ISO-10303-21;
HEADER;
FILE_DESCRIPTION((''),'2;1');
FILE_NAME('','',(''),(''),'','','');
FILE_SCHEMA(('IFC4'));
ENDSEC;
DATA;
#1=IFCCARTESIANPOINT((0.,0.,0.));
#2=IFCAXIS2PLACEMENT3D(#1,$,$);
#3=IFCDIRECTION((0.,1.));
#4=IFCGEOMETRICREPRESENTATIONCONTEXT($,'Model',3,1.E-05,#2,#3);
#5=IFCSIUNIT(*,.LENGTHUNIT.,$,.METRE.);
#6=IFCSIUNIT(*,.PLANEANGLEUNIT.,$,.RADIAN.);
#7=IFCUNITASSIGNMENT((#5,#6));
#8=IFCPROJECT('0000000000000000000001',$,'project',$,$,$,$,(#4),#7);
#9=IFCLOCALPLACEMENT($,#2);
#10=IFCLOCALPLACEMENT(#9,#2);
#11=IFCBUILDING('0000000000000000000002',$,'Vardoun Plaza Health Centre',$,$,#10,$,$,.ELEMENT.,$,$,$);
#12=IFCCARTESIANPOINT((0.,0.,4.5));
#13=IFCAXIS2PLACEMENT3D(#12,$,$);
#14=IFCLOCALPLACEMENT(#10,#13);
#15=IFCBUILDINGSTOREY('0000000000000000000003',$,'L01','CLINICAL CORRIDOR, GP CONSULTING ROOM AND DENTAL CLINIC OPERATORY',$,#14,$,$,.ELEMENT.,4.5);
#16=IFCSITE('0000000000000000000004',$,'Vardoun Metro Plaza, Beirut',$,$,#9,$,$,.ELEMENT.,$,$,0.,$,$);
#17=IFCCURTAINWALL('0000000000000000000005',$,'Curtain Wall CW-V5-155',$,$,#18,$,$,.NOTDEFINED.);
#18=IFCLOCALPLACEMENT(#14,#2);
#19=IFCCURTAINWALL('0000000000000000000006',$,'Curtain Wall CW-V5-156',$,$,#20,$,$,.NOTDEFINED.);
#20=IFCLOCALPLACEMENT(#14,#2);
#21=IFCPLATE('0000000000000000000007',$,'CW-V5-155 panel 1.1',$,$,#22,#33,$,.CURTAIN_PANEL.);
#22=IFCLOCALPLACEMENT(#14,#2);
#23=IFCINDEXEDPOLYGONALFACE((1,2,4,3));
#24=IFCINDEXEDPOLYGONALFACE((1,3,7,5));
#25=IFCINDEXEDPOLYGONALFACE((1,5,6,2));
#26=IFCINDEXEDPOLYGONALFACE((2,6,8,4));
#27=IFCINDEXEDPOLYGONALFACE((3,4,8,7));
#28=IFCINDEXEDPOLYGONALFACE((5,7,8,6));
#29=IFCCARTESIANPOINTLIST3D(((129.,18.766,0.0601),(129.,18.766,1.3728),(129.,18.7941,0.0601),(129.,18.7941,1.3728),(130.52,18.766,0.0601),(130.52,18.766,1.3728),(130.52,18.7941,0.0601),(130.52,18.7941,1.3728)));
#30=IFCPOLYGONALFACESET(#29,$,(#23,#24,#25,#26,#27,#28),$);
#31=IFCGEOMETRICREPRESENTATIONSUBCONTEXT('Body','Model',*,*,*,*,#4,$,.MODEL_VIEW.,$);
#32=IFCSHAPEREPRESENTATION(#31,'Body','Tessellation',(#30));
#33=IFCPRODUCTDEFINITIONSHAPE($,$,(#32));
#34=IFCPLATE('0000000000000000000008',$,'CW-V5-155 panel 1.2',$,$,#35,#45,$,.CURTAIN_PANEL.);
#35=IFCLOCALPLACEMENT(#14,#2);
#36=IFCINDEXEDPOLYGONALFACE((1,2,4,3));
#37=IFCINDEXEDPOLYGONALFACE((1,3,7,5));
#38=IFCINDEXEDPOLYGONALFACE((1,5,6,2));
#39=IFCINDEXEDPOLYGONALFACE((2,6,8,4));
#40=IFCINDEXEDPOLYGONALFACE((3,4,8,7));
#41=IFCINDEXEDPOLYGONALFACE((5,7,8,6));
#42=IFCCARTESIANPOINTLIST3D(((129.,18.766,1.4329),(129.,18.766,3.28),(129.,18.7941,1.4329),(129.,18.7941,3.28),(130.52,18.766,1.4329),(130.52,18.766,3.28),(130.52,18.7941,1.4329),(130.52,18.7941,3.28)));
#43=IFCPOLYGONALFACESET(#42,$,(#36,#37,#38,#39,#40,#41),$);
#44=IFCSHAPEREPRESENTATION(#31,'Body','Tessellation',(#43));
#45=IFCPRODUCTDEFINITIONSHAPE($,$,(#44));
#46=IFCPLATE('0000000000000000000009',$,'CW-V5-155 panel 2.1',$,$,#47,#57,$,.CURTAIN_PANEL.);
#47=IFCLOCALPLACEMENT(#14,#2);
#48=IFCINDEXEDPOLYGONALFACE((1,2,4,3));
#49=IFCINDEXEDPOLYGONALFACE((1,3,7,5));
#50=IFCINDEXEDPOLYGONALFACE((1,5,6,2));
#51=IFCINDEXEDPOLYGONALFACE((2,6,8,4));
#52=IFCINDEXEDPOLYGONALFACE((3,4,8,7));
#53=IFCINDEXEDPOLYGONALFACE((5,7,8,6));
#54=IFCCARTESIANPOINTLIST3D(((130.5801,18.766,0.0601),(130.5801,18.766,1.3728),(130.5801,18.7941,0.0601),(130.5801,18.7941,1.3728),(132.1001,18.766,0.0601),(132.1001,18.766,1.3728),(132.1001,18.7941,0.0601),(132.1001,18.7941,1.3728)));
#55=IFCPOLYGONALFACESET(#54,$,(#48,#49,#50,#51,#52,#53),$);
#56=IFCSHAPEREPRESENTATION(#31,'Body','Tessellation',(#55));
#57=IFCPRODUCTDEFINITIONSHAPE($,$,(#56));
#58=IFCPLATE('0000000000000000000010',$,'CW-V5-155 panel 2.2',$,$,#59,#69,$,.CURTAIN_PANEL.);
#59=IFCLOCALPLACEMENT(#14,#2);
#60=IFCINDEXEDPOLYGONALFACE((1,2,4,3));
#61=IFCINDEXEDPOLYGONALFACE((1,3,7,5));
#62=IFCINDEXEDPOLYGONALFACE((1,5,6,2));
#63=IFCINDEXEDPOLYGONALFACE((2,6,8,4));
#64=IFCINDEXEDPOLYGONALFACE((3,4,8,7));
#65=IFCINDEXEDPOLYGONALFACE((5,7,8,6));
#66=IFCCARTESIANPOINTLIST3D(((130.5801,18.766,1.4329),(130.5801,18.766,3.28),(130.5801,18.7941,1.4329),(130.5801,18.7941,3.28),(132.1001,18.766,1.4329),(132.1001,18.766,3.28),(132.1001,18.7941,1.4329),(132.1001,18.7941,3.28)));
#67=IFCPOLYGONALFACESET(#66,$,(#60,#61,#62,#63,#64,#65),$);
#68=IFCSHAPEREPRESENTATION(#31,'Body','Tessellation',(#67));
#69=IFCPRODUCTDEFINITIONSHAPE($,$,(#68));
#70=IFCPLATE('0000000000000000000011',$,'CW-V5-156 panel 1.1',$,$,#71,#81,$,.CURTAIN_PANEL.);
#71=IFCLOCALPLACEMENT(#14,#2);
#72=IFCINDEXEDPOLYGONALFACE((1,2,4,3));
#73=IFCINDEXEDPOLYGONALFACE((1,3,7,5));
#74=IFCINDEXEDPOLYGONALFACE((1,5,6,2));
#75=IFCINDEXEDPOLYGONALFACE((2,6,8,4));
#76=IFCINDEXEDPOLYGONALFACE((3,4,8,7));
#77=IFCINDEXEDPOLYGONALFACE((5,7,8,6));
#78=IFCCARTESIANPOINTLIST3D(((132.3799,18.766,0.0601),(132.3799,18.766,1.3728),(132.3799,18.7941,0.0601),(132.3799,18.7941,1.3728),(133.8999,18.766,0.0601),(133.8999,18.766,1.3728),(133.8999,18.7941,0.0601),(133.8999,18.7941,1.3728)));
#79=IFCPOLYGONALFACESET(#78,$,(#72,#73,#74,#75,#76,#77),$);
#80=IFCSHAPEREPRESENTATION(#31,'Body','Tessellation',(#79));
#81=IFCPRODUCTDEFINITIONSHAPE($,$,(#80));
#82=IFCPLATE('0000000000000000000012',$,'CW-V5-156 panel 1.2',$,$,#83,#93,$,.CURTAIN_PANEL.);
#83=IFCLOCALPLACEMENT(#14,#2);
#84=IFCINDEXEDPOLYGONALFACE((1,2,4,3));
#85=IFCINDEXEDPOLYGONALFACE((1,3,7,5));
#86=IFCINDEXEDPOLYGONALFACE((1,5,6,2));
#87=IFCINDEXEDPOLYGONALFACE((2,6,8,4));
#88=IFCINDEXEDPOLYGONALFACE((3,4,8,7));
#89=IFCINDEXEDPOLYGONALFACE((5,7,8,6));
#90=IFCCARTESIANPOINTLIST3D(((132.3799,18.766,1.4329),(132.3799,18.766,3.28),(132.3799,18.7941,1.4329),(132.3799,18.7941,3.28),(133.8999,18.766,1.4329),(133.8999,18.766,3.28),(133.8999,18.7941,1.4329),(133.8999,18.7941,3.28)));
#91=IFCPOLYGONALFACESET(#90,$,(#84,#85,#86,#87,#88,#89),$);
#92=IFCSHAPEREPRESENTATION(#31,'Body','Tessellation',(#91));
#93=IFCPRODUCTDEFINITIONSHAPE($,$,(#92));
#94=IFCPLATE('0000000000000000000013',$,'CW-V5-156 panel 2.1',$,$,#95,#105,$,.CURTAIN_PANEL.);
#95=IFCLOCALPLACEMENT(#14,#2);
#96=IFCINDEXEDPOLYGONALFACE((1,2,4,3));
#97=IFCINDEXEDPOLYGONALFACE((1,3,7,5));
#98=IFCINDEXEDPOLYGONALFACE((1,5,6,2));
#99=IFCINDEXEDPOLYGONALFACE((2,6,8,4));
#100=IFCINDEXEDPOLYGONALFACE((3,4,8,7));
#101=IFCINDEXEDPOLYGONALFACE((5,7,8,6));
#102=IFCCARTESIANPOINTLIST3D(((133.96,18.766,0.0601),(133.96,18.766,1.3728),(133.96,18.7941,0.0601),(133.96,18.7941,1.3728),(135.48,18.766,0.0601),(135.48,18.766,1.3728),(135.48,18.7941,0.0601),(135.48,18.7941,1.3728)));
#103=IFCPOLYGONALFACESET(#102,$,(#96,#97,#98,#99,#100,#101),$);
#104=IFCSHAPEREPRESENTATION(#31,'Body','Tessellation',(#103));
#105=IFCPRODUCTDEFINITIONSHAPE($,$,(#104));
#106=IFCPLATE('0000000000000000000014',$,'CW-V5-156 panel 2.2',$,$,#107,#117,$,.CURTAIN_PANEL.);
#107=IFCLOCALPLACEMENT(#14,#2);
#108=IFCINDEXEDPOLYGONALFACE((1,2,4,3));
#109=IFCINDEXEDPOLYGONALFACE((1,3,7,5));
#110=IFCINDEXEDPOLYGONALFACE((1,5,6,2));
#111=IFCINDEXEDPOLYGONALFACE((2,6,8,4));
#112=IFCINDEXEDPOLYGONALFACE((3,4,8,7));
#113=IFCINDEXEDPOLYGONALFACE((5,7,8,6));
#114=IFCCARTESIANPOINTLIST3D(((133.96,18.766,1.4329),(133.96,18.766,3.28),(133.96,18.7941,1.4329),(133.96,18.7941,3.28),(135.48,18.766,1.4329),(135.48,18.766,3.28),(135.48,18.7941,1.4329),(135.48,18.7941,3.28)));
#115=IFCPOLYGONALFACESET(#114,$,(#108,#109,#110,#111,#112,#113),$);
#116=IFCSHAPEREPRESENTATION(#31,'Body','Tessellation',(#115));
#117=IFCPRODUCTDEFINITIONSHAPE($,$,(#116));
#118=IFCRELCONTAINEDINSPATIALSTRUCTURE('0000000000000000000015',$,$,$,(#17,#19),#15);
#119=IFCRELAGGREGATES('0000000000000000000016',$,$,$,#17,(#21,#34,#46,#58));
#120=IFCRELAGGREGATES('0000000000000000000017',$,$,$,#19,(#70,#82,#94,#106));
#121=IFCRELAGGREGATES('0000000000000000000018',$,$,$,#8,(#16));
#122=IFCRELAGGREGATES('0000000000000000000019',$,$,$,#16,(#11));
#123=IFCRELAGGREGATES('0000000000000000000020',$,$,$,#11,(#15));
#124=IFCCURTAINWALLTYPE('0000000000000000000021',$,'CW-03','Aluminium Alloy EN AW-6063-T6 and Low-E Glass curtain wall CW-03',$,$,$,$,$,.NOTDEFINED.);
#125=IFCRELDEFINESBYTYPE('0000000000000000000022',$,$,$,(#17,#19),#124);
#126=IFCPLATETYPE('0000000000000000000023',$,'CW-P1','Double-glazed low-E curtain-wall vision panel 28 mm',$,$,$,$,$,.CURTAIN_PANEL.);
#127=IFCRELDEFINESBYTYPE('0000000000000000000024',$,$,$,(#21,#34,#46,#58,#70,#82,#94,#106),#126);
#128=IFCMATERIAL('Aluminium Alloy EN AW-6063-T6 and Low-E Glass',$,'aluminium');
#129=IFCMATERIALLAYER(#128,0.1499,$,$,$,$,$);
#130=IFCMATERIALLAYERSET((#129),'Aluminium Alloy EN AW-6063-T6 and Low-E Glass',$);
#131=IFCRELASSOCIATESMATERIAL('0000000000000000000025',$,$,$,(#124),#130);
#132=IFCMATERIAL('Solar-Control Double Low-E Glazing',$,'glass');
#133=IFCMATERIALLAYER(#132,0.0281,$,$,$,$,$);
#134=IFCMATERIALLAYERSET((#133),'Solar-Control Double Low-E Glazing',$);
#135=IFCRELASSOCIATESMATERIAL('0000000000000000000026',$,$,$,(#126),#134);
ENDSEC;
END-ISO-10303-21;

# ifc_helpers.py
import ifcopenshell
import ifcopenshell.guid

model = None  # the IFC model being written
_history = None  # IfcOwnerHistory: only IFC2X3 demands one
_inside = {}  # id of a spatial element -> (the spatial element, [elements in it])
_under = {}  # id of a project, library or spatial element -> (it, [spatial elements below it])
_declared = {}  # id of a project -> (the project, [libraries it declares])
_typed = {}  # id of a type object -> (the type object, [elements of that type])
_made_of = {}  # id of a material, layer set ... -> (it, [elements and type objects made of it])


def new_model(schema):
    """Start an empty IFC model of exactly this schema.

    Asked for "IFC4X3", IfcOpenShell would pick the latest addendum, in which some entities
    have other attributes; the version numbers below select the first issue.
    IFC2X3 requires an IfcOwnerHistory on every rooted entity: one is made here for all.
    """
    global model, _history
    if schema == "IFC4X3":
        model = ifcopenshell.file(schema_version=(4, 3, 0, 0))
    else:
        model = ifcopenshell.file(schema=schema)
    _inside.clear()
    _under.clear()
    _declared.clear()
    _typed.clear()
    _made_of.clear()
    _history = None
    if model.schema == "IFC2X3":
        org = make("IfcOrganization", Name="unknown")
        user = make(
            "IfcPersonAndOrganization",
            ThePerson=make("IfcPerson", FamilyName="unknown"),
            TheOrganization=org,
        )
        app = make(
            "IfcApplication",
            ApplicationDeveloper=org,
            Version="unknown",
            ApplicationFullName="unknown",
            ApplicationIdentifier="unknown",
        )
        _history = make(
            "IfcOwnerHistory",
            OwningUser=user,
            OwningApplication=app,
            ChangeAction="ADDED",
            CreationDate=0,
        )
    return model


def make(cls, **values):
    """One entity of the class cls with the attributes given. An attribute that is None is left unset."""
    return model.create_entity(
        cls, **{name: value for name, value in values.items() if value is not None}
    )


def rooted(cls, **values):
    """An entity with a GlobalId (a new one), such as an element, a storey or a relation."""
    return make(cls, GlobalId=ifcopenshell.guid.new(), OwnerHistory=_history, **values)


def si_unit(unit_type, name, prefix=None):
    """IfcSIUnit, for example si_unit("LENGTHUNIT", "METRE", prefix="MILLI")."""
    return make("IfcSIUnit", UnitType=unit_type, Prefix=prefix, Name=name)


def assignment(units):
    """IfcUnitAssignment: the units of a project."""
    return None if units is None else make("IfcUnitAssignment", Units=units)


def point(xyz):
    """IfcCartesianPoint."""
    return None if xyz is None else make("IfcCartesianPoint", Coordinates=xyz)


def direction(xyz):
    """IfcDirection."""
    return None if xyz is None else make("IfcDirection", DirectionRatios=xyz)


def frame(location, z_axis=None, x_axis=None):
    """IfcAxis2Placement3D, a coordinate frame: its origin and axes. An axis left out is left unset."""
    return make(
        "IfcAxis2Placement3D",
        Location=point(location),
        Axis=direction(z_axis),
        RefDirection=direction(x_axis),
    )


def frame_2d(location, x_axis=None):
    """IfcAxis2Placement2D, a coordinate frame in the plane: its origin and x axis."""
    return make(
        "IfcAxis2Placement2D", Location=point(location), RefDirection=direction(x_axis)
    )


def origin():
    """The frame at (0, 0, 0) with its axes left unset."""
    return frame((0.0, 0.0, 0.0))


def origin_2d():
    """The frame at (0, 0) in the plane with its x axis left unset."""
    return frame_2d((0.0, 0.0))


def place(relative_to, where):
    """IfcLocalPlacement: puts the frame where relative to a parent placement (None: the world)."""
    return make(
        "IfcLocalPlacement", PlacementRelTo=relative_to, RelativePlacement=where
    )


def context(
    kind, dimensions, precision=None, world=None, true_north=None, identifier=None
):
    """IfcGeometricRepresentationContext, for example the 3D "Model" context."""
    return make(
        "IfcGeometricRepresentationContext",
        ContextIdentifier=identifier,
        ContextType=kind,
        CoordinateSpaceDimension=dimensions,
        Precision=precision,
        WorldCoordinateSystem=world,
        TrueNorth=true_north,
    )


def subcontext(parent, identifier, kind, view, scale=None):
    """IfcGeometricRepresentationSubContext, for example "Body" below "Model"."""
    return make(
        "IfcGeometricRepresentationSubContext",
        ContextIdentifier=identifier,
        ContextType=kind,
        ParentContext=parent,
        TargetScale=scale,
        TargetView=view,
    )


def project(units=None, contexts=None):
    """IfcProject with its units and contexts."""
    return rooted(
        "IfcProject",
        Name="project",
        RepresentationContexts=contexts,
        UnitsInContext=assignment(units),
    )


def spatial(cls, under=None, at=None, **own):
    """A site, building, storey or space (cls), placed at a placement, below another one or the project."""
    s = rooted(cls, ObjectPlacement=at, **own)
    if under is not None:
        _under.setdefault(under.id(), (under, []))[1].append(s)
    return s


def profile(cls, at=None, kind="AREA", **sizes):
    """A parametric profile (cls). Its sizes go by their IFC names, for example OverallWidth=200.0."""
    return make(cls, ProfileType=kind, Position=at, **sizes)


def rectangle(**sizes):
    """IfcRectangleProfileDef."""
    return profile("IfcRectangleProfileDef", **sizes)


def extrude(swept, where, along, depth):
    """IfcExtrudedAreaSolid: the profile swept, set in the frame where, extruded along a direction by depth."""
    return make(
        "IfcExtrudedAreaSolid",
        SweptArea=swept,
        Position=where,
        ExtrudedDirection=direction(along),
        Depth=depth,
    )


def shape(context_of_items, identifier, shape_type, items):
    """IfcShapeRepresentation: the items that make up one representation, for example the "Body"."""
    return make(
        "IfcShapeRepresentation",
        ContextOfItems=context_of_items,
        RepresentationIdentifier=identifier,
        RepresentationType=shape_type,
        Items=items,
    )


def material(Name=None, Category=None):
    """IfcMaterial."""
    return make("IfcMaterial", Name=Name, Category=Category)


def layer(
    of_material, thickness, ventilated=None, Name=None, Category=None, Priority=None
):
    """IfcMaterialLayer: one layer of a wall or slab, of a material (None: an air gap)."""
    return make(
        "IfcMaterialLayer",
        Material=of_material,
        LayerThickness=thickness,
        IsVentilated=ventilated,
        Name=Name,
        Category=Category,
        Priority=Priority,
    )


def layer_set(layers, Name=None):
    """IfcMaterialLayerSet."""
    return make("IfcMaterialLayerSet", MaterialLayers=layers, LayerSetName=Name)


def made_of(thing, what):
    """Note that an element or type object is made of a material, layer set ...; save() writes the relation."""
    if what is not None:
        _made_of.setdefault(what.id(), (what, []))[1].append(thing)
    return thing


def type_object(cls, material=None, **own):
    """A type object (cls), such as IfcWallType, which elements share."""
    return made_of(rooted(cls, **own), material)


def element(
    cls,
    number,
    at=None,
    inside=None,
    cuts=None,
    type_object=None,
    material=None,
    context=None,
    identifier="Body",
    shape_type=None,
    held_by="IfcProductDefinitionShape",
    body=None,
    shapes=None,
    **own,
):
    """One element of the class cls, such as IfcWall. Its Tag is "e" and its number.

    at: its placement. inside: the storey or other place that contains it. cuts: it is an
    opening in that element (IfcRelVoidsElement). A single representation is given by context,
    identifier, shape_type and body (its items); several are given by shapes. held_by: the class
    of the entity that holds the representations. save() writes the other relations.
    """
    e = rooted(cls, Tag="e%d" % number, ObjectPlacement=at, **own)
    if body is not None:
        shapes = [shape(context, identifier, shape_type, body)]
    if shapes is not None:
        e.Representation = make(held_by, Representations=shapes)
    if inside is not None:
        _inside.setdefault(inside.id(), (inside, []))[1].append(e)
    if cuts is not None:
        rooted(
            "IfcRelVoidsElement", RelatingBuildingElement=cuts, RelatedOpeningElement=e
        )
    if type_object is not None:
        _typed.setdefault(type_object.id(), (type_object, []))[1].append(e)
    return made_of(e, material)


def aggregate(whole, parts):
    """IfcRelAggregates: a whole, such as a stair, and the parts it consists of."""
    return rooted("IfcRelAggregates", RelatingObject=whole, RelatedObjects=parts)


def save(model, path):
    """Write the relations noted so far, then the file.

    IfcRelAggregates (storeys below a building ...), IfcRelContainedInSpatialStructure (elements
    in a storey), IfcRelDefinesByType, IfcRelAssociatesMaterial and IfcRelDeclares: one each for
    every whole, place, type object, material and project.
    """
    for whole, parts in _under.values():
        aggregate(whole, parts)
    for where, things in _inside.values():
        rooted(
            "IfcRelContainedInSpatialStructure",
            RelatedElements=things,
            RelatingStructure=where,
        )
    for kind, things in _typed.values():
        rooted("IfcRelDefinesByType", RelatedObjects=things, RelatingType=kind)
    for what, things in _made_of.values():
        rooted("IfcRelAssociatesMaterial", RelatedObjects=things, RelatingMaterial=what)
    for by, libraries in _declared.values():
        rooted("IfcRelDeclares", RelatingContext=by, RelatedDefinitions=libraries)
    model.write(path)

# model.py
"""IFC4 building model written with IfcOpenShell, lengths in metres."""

from ifc_helpers import new_model, si_unit, direction, frame, origin, origin_2d, place, context, subcontext, project, spatial, rectangle, extrude, material, layer, layer_set, type_object, element, aggregate, save


model = new_model("IFC4")

# Units and contexts
model_context = context("Model", 3, precision=1e-05, world=origin(), true_north=direction((0.0, 1.0)))
body_context = subcontext(model_context, "Body", "Model", "MODEL_VIEW")
ifc_project = project(units=[si_unit("LENGTHUNIT", "METRE"), si_unit("PLANEANGLEUNIT", "RADIAN")], contexts=[model_context])

# Site, building, storey
site_placement = place(None, origin())
site = spatial("IfcSite", under=ifc_project, at=site_placement, Name="Vardoun Metro Plaza, Beirut", CompositionType="ELEMENT", RefElevation=0.0)
building_placement = place(site_placement, origin())
building = spatial("IfcBuilding", under=site, at=building_placement, Name="Vardoun Plaza Health Centre", CompositionType="ELEMENT")
storey_placement = place(building_placement, frame((0.0, 0.0, 4.5)))
storey = spatial("IfcBuildingStorey", under=building, at=storey_placement, Name="L01", Description="CLINICAL CORRIDOR, GP CONSULTING ROOM AND DENTAL CLINIC OPERATORY", CompositionType="ELEMENT", Elevation=4.5)

# Curtain walls
ifc_material_1 = material(Name="Aluminium Alloy EN AW-6063-T6 and Low-E Glass", Category="aluminium")
ifc_layer_1 = layer(ifc_material_1, 0.1499)
ifc_layer_set_1 = layer_set([ifc_layer_1], Name="Aluminium Alloy EN AW-6063-T6 and Low-E Glass")
curtain_wall_type = type_object("IfcCurtainWallType", Name="CW-03", Description="Aluminium Alloy EN AW-6063-T6 and Low-E Glass curtain wall CW-03", PredefinedType="NOTDEFINED", material=ifc_layer_set_1)
curtain_wall_1_placement = place(storey_placement, origin())
curtain_wall_1 = element("IfcCurtainWall", 1, at=curtain_wall_1_placement, inside=storey, type_object=curtain_wall_type, Name="Curtain Wall CW-V5-155", PredefinedType="NOTDEFINED")
curtain_wall_2_placement = place(storey_placement, origin())
curtain_wall_2 = element("IfcCurtainWall", 2, at=curtain_wall_2_placement, inside=storey, type_object=curtain_wall_type, Name="Curtain Wall CW-V5-156", PredefinedType="NOTDEFINED")

# Plates
ifc_material_2 = material(Name="Solar-Control Double Low-E Glazing", Category="glass")
ifc_layer_2 = layer(ifc_material_2, 0.0281)
ifc_layer_set_2 = layer_set([ifc_layer_2], Name="Solar-Control Double Low-E Glazing")
plate_type = type_object("IfcPlateType", Name="CW-P1", Description="Double-glazed low-E curtain-wall vision panel 28 mm", PredefinedType="CURTAIN_PANEL", material=ifc_layer_set_2)
plate_1_placement = place(storey_placement, frame((129.76, 18.78, 0.0601), z_axis=(0.0, 0.0, 1.0), x_axis=(1.0, 0.0, 0.0)))
plate_1 = element("IfcPlate", 3, at=plate_1_placement, type_object=plate_type, Name="CW-V5-155 panel 1.1", PredefinedType="CURTAIN_PANEL", context=body_context, shape_type="SweptSolid", body=[
    extrude(rectangle(XDim=1.52, YDim=0.0281, at=origin_2d()), origin(), (0.0, 0.0, 1.0), 1.3127),
])
plate_2_placement = place(storey_placement, frame((129.76, 18.78, 1.4329), z_axis=(0.0, 0.0, 1.0), x_axis=(1.0, 0.0, 0.0)))
plate_2 = element("IfcPlate", 4, at=plate_2_placement, type_object=plate_type, Name="CW-V5-155 panel 1.2", PredefinedType="CURTAIN_PANEL", context=body_context, shape_type="SweptSolid", body=[
    extrude(rectangle(XDim=1.52, YDim=0.0281, at=origin_2d()), origin(), (0.0, 0.0, 1.0), 1.8472),
])
plate_3_placement = place(storey_placement, frame((131.3401, 18.78, 0.0601), z_axis=(0.0, 0.0, 1.0), x_axis=(1.0, 0.0, 0.0)))
plate_3 = element("IfcPlate", 5, at=plate_3_placement, type_object=plate_type, Name="CW-V5-155 panel 2.1", PredefinedType="CURTAIN_PANEL", context=body_context, shape_type="SweptSolid", body=[
    extrude(rectangle(XDim=1.52, YDim=0.0281, at=origin_2d()), origin(), (0.0, 0.0, 1.0), 1.3127),
])
plate_4_placement = place(storey_placement, frame((131.3401, 18.78, 1.4329), z_axis=(0.0, 0.0, 1.0), x_axis=(1.0, 0.0, 0.0)))
plate_4 = element("IfcPlate", 6, at=plate_4_placement, type_object=plate_type, Name="CW-V5-155 panel 2.2", PredefinedType="CURTAIN_PANEL", context=body_context, shape_type="SweptSolid", body=[
    extrude(rectangle(XDim=1.52, YDim=0.0281, at=origin_2d()), origin(), (0.0, 0.0, 1.0), 1.8472),
])
aggregate(curtain_wall_1, [plate_1, plate_2, plate_3, plate_4])
plate_5_placement = place(storey_placement, frame((133.1399, 18.78, 0.0601), z_axis=(0.0, 0.0, 1.0), x_axis=(1.0, 0.0, 0.0)))
plate_5 = element("IfcPlate", 7, at=plate_5_placement, type_object=plate_type, Name="CW-V5-156 panel 1.1", PredefinedType="CURTAIN_PANEL", context=body_context, shape_type="SweptSolid", body=[
    extrude(rectangle(XDim=1.52, YDim=0.0281, at=origin_2d()), origin(), (0.0, 0.0, 1.0), 1.3127),
])
plate_6_placement = place(storey_placement, frame((133.1399, 18.78, 1.4329), z_axis=(0.0, 0.0, 1.0), x_axis=(1.0, 0.0, 0.0)))
plate_6 = element("IfcPlate", 8, at=plate_6_placement, type_object=plate_type, Name="CW-V5-156 panel 1.2", PredefinedType="CURTAIN_PANEL", context=body_context, shape_type="SweptSolid", body=[
    extrude(rectangle(XDim=1.52, YDim=0.0281, at=origin_2d()), origin(), (0.0, 0.0, 1.0), 1.8472),
])
plate_7_placement = place(storey_placement, frame((134.72, 18.78, 0.0601), z_axis=(0.0, 0.0, 1.0), x_axis=(1.0, 0.0, 0.0)))
plate_7 = element("IfcPlate", 9, at=plate_7_placement, type_object=plate_type, Name="CW-V5-156 panel 2.1", PredefinedType="CURTAIN_PANEL", context=body_context, shape_type="SweptSolid", body=[
    extrude(rectangle(XDim=1.52, YDim=0.0281, at=origin_2d()), origin(), (0.0, 0.0, 1.0), 1.3127),
])
plate_8_placement = place(storey_placement, frame((134.72, 18.78, 1.4329), z_axis=(0.0, 0.0, 1.0), x_axis=(1.0, 0.0, 0.0)))
plate_8 = element("IfcPlate", 10, at=plate_8_placement, type_object=plate_type, Name="CW-V5-156 panel 2.2", PredefinedType="CURTAIN_PANEL", context=body_context, shape_type="SweptSolid", body=[
    extrude(rectangle(XDim=1.52, YDim=0.0281, at=origin_2d()), origin(), (0.0, 0.0, 1.0), 1.8472),
])
aggregate(curtain_wall_2, [plate_5, plate_6, plate_7, plate_8])

save(model, "model.ifc")
